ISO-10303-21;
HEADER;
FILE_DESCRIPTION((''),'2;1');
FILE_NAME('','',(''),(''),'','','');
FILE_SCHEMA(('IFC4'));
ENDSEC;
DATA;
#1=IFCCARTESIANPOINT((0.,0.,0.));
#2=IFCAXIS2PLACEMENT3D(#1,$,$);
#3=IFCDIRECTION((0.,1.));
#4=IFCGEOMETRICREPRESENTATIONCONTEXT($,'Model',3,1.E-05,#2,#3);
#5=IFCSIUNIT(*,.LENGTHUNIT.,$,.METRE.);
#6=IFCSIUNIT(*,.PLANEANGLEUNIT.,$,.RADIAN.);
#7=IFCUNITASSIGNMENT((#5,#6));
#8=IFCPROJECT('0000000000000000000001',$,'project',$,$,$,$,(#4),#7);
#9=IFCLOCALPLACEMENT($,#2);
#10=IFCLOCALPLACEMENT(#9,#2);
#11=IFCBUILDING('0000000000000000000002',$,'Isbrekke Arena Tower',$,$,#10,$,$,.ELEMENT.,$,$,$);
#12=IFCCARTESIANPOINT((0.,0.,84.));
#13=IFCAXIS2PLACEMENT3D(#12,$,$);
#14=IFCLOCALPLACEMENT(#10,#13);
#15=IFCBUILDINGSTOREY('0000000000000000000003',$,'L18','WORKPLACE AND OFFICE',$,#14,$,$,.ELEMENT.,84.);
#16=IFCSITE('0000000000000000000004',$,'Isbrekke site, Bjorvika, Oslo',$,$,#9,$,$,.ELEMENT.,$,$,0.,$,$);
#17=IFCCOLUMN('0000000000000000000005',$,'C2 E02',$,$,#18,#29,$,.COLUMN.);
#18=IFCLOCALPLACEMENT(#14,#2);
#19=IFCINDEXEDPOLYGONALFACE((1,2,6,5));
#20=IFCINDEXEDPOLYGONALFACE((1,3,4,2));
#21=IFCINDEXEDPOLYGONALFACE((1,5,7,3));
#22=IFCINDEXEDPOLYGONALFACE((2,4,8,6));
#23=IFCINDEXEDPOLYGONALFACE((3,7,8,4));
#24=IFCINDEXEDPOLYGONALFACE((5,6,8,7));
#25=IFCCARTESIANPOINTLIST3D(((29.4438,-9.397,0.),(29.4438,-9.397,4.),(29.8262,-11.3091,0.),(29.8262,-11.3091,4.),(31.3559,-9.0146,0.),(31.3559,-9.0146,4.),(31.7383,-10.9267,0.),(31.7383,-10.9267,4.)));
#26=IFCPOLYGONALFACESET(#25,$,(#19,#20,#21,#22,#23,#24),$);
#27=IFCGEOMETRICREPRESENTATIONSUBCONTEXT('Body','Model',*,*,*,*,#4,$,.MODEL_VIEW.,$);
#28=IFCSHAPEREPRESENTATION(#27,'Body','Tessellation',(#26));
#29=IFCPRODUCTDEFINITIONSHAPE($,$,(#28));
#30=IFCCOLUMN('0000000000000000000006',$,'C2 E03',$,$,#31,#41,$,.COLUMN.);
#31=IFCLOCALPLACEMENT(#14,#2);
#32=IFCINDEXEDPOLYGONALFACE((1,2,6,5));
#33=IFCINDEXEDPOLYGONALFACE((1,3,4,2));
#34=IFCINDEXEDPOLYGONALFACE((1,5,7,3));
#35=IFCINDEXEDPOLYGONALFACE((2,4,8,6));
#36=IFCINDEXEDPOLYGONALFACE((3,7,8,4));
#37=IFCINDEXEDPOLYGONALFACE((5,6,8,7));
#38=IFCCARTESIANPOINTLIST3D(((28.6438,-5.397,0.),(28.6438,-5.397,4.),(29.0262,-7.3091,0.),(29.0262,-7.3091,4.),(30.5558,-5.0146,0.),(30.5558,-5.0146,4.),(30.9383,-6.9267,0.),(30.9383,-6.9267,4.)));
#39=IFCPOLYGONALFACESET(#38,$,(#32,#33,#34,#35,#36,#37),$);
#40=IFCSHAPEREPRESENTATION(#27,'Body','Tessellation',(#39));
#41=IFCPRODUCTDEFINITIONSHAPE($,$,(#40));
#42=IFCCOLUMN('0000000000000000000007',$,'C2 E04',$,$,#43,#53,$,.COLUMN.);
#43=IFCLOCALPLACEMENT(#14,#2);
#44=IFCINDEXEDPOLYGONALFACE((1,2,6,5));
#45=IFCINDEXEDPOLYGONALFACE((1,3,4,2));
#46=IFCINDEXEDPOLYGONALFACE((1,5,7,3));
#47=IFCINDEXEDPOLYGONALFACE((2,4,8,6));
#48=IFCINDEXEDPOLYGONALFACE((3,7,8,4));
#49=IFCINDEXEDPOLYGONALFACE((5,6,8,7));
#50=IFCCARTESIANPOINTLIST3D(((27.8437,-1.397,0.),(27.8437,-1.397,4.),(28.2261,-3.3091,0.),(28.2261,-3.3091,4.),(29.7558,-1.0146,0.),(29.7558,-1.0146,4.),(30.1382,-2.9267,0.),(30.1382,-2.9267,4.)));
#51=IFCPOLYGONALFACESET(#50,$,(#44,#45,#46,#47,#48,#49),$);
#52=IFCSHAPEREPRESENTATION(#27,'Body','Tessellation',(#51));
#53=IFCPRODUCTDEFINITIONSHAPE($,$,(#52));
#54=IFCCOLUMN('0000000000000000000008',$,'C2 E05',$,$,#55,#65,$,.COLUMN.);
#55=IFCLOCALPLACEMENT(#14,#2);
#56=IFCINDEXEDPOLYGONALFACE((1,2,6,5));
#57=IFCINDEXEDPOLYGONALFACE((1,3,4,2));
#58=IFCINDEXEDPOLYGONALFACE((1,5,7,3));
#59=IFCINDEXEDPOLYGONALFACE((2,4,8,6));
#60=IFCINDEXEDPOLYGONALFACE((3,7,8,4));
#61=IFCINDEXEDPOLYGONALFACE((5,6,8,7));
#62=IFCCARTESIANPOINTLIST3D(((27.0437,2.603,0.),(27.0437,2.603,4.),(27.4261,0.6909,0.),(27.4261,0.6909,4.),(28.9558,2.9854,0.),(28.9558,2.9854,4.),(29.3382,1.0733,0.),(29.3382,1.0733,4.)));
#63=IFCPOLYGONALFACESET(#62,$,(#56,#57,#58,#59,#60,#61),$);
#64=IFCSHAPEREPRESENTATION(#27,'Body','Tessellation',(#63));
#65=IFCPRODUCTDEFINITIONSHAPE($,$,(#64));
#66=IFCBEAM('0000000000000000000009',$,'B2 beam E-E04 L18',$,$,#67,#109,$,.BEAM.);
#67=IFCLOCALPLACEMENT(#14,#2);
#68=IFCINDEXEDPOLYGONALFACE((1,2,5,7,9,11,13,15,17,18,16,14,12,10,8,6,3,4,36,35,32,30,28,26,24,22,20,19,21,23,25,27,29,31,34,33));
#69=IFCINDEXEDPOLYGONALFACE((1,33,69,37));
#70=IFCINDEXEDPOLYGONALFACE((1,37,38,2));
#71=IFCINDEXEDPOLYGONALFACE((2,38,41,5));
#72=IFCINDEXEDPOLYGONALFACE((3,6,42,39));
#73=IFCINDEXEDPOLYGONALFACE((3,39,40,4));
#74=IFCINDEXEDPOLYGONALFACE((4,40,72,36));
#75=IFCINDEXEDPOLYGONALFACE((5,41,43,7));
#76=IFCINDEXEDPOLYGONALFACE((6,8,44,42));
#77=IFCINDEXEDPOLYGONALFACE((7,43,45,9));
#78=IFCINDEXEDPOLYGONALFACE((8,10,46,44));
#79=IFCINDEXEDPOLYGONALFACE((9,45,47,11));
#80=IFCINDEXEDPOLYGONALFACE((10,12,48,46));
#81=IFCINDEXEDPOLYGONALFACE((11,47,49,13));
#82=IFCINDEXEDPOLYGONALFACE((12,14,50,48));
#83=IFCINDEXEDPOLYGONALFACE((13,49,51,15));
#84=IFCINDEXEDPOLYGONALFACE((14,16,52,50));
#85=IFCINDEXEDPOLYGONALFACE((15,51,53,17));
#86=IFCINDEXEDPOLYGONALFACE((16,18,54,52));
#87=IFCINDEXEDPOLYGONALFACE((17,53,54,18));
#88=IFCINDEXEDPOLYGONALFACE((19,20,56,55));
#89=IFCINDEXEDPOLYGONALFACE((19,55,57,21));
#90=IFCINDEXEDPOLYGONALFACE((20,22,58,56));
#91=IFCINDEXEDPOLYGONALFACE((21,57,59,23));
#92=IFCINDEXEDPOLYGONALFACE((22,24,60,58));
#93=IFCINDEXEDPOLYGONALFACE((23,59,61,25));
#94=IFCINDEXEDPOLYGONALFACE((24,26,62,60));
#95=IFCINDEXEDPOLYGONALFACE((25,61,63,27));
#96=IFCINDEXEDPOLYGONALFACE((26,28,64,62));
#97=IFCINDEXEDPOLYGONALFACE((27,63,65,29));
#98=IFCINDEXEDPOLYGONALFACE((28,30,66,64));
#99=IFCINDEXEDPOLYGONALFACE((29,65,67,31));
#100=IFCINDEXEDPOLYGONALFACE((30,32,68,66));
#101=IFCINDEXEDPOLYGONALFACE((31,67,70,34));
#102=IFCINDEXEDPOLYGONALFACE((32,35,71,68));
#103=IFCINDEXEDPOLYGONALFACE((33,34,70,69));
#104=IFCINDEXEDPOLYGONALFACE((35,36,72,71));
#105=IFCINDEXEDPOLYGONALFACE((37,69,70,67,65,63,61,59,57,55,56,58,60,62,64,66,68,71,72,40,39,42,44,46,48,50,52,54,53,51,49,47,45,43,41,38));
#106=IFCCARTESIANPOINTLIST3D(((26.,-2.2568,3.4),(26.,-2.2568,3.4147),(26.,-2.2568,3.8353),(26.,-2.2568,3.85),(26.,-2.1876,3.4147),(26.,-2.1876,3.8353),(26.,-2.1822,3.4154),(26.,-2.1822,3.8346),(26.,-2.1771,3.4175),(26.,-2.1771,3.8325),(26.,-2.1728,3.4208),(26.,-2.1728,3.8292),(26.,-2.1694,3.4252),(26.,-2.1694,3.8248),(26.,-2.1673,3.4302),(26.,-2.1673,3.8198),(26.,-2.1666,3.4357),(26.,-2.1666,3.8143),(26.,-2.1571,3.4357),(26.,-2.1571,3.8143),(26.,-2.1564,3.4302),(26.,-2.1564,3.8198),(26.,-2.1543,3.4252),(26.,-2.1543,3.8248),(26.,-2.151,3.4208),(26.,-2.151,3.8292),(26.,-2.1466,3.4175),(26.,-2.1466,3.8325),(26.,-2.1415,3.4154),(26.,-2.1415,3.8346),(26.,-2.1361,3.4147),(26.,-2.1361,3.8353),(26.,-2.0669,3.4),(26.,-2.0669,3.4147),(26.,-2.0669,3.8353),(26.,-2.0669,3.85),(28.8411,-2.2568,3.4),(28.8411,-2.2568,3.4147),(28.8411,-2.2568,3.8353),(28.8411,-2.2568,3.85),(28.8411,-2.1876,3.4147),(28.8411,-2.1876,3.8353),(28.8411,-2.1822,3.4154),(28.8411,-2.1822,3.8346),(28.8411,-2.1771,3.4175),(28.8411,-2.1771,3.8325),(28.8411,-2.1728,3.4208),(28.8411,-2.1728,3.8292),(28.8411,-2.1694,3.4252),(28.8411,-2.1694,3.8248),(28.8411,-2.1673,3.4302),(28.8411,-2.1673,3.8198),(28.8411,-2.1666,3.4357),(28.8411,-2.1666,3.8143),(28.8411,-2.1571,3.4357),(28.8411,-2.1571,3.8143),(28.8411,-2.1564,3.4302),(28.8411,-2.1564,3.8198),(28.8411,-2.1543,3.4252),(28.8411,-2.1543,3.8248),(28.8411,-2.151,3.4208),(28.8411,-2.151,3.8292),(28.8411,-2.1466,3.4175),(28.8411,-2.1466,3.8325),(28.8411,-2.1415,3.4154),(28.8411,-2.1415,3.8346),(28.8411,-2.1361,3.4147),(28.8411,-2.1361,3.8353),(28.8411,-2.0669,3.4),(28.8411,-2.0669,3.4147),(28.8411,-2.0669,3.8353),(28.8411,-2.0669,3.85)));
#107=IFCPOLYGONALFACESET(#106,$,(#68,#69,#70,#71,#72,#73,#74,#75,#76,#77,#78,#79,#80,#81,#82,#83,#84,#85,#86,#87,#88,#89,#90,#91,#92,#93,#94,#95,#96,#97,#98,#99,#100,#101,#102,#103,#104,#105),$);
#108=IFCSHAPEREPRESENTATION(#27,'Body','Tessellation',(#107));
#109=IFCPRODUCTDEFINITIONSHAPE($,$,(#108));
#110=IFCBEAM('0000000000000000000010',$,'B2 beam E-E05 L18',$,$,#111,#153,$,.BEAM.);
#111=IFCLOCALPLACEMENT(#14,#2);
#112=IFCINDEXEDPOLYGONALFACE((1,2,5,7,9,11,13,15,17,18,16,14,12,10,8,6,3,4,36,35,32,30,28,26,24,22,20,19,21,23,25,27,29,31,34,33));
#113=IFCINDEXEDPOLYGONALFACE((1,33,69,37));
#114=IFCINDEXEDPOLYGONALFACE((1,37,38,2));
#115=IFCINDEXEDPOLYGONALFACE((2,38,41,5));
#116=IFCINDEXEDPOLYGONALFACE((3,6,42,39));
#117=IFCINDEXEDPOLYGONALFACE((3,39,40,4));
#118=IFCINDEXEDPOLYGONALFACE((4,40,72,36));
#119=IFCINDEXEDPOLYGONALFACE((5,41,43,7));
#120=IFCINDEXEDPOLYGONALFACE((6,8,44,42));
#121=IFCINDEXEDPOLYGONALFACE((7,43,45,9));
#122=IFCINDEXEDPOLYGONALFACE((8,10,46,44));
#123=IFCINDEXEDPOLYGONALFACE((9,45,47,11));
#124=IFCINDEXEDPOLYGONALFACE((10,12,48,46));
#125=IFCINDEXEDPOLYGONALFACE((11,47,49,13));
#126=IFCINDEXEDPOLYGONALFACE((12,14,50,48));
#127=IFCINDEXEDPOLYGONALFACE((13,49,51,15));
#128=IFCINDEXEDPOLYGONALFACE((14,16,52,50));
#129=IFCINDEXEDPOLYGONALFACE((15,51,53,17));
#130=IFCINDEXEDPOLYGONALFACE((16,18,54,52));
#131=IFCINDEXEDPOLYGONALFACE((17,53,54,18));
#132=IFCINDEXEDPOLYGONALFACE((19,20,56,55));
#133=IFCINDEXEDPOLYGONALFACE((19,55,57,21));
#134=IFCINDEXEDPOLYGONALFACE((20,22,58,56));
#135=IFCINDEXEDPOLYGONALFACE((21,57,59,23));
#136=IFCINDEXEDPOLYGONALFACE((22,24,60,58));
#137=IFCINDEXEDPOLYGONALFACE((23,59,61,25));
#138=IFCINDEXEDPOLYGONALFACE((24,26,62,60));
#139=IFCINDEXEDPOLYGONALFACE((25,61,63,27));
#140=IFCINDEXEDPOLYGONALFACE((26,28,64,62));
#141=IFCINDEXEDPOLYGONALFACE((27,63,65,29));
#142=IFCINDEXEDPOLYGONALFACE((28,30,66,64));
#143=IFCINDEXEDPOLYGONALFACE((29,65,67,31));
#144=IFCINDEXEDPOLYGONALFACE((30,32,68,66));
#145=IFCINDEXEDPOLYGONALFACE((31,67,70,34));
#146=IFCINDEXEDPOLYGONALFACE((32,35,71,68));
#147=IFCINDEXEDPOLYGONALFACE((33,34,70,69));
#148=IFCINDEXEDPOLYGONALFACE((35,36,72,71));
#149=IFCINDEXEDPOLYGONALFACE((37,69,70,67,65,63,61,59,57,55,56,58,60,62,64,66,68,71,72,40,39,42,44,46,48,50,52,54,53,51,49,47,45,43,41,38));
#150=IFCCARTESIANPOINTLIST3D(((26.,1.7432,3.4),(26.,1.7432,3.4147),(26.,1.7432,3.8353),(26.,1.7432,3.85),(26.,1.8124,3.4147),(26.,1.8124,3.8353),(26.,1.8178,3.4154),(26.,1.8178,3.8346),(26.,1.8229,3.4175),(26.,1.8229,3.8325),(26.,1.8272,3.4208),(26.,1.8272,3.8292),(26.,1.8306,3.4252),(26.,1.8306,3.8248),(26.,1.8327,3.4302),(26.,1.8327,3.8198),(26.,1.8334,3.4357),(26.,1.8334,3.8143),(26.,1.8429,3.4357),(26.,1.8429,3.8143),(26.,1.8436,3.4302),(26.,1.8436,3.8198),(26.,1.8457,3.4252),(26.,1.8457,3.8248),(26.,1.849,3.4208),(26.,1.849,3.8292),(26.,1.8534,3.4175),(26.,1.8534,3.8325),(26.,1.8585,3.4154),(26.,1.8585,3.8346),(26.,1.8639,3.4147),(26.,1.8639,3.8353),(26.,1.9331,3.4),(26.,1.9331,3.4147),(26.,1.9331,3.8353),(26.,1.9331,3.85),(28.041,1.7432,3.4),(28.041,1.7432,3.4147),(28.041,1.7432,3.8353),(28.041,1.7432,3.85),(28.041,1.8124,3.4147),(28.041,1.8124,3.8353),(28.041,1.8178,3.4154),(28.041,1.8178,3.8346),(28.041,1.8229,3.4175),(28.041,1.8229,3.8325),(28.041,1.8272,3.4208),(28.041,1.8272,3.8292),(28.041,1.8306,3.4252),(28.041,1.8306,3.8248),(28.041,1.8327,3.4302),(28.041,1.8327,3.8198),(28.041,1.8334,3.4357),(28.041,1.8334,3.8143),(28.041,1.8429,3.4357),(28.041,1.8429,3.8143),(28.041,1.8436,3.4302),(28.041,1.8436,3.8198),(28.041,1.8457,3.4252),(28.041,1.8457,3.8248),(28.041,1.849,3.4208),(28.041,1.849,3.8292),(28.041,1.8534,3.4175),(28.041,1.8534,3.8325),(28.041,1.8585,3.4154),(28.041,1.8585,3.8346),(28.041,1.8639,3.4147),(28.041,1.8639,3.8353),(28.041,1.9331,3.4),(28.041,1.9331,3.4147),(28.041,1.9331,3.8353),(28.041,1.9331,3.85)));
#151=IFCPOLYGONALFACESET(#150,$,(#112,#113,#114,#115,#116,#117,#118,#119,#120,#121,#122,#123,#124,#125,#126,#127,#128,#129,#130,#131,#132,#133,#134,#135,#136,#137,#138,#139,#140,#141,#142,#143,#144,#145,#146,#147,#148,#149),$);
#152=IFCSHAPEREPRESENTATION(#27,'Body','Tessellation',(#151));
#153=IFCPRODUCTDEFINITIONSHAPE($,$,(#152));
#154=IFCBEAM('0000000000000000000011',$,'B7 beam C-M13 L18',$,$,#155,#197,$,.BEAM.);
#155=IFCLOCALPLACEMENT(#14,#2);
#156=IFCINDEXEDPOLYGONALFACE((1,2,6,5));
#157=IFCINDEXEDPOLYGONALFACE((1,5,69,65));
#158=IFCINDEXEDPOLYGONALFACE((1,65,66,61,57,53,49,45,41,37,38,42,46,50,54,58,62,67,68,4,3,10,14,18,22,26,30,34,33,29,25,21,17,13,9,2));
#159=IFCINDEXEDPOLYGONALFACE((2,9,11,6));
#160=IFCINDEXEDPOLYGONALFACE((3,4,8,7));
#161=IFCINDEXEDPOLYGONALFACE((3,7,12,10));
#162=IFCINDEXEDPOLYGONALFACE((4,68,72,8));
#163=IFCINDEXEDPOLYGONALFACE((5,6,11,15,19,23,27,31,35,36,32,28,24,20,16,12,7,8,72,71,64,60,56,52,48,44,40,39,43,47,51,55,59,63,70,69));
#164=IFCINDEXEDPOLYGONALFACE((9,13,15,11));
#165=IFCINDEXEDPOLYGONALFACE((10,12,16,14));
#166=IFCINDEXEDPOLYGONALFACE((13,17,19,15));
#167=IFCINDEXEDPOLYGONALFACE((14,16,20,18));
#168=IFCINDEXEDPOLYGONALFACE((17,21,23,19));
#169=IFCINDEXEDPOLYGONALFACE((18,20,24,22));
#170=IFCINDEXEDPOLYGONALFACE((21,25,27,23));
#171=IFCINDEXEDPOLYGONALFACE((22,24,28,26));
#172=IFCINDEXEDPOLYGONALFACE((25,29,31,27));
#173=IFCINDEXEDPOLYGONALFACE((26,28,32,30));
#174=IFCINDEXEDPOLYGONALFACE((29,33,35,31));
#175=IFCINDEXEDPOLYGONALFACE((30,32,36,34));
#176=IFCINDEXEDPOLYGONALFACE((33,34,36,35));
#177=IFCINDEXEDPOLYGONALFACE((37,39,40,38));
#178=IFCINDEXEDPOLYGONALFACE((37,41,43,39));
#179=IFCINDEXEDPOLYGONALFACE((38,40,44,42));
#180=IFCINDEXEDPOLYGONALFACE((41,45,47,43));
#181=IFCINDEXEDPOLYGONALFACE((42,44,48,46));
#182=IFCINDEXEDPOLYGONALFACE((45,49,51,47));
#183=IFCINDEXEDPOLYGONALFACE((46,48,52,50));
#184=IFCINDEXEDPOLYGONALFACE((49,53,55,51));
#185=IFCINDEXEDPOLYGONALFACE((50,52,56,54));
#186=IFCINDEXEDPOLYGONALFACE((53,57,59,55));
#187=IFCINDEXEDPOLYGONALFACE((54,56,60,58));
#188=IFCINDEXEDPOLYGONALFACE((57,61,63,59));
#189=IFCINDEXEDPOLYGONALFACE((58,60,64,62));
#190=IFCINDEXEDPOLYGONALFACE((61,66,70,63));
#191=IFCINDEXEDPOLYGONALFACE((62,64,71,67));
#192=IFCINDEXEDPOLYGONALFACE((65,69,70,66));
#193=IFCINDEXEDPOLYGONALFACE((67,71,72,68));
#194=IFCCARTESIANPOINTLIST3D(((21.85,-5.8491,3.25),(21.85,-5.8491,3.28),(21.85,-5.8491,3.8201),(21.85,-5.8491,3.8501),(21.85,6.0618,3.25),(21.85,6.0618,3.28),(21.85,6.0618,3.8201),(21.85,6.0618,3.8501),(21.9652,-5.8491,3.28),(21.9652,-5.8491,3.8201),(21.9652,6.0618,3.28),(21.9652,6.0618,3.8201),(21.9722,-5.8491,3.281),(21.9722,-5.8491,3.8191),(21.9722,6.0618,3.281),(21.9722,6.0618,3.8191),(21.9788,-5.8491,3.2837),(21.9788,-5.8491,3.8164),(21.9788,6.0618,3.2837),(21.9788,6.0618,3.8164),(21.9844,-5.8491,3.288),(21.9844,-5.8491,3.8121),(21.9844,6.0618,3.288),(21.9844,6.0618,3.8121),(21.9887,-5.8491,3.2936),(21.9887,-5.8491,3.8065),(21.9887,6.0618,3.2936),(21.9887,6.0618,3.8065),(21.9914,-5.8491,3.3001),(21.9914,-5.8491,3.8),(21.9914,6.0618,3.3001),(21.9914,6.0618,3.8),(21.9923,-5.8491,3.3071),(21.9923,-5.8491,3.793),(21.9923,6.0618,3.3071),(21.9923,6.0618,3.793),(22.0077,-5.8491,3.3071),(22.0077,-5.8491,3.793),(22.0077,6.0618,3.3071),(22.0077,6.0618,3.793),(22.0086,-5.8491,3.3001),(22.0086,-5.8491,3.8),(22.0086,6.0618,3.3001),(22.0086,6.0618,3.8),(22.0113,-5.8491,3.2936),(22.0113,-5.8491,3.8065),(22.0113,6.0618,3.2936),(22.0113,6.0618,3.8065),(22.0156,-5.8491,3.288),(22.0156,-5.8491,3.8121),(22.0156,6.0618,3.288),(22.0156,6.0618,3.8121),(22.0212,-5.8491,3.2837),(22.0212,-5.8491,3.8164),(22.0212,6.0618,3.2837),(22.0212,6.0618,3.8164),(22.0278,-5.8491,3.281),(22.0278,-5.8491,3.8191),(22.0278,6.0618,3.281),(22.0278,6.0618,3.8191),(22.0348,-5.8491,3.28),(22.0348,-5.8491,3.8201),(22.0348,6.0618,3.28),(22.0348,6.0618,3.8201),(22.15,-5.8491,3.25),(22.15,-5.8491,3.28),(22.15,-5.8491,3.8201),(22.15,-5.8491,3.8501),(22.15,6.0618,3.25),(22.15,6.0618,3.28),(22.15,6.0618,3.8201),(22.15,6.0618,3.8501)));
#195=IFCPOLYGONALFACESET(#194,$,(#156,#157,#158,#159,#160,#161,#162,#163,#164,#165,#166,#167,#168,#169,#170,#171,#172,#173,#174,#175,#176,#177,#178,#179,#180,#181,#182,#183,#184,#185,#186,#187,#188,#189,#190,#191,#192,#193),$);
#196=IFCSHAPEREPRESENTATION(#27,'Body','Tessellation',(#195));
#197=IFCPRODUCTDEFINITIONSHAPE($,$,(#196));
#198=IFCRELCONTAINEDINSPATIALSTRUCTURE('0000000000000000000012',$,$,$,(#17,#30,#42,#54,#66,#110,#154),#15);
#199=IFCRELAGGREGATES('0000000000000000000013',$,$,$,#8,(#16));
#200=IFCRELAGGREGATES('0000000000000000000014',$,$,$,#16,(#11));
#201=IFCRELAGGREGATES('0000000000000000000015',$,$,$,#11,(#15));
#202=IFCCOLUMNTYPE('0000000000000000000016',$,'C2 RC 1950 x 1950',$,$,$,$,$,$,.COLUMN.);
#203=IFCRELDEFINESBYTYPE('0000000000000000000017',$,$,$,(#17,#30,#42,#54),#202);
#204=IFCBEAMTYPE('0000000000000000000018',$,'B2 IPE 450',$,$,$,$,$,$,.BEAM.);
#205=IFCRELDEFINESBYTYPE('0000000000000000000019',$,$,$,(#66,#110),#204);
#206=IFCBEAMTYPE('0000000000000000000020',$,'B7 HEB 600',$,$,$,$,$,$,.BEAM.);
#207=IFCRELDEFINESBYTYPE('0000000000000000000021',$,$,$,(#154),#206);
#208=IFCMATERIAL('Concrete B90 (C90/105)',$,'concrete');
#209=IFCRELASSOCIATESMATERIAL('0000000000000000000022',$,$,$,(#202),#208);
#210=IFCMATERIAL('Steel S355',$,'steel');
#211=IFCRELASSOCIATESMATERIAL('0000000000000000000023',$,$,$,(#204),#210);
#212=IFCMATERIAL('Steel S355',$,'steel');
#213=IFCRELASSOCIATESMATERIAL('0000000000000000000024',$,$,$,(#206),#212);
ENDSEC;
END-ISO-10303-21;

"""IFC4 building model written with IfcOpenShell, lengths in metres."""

from ifc_helpers import new_model, si_unit, direction, frame, origin, origin_2d, place, context, subcontext, project, spatial, rectangle, i_section, extrude, material, material_profile, profile_set, type_object, element, save


model = new_model("IFC4")

# Units and contexts
model_context = context("Model", 3, precision=1e-05, world=origin(), true_north=direction((0.0, 1.0)))
body_context = subcontext(model_context, "Body", "Model", "MODEL_VIEW")
ifc_project = project(units=[si_unit("LENGTHUNIT", "METRE"), si_unit("PLANEANGLEUNIT", "RADIAN")], contexts=[model_context])

# Site, building, storey
site_placement = place(None, origin())
site = spatial("IfcSite", under=ifc_project, at=site_placement, Name="Isbrekke site, Bjorvika, Oslo", CompositionType="ELEMENT", RefElevation=0.0)
building_placement = place(site_placement, origin())
building = spatial("IfcBuilding", under=site, at=building_placement, Name="Isbrekke Arena Tower", CompositionType="ELEMENT")
storey_placement = place(building_placement, frame((0.0, 0.0, 84.0)))
storey = spatial("IfcBuildingStorey", under=building, at=storey_placement, Name="L18", Description="WORKPLACE AND OFFICE", CompositionType="ELEMENT", Elevation=84.0)

# Columns
ifc_material_1 = material(Name="Concrete B90 (C90/105)", Category="concrete")
ifc_material_profile_1 = material_profile(ifc_material_1, rectangle(XDim=1.95, YDim=1.95, at=origin_2d()), Name="RC 1950x1950")
ifc_profile_set_1 = profile_set([ifc_material_profile_1], Name="Concrete B90 (C90/105)")
column_type = type_object("IfcColumnType", Name="C2 RC 1950 x 1950", PredefinedType="COLUMN", material=ifc_profile_set_1)
for number, where, z_axis, x_axis, name in (
    (1, (30.5911, -10.1619, 0.0), (0.0, 0.0, 1.0), (-0.196116, 0.980581, 0.0), "C2 E02"),
    (2, (29.791, -6.1619, 0.0), (0.0, 0.0, 1.0), (-0.196116, 0.980581, 0.0), "C2 E03"),
    (3, (28.991, -2.1619, 0.0), (0.0, 0.0, 1.0), (-0.196116, 0.980581, 0.0), "C2 E04"),
    (4, (28.1909, 1.8381, 0.0), (0.0, 0.0, 1.0), (-0.196116, 0.980581, 0.0), "C2 E05"),
):
    element("IfcColumn", number, at=place(storey_placement, frame(where, z_axis=z_axis, x_axis=x_axis)), inside=storey, type_object=column_type, Name=name, PredefinedType="COLUMN", context=body_context, shape_type="SweptSolid", body=[
        extrude(rectangle(XDim=1.95, YDim=1.95, at=origin_2d()), origin(), (0.0, 0.0, 1.0), 4.0),
    ])

# Beams
ifc_material_2 = material(Name="Steel S355", Category="steel")
ifc_material_profile_2 = material_profile(ifc_material_2, i_section(OverallWidth=0.1899, OverallDepth=0.45, WebThickness=0.0095, FlangeThickness=0.0146, FilletRadius=0.021, at=origin_2d()), Name="IPE 450")
ifc_profile_set_2 = profile_set([ifc_material_profile_2], Name="Steel S355")
beam_type_1 = type_object("IfcBeamType", Name="B2 IPE 450", PredefinedType="BEAM", material=ifc_profile_set_2)
beam_1_placement = place(storey_placement, frame((28.8411, -2.1619, 3.625), z_axis=(-1.0, 0.0, 0.0), x_axis=(0.0, -1.0, 0.0)))
element("IfcBeam", 5, at=beam_1_placement, inside=storey, type_object=beam_type_1, Name="B2 beam E-E04 L18", PredefinedType="BEAM", context=body_context, shape_type="SweptSolid", body=[
    extrude(i_section(OverallWidth=0.1899, OverallDepth=0.45, WebThickness=0.0095, FlangeThickness=0.0146, FilletRadius=0.021, at=origin_2d()), origin(), (0.0, 0.0, 1.0), 2.8411),
])
beam_2_placement = place(storey_placement, frame((28.041, 1.8381, 3.625), z_axis=(-1.0, 0.0, 0.0), x_axis=(0.0, -1.0, 0.0)))
element("IfcBeam", 6, at=beam_2_placement, inside=storey, type_object=beam_type_1, Name="B2 beam E-E05 L18", PredefinedType="BEAM", context=body_context, shape_type="SweptSolid", body=[
    extrude(i_section(OverallWidth=0.1899, OverallDepth=0.45, WebThickness=0.0095, FlangeThickness=0.0146, FilletRadius=0.021, at=origin_2d()), origin(), (0.0, 0.0, 1.0), 2.041),
])
ifc_material_3 = material(Name="Steel S355", Category="steel")
ifc_material_profile_3 = material_profile(ifc_material_3, i_section(OverallWidth=0.3, OverallDepth=0.6001, WebThickness=0.0154, FlangeThickness=0.03, FilletRadius=0.0271, at=origin_2d()), Name="HEB 600")
ifc_profile_set_3 = profile_set([ifc_material_profile_3], Name="Steel S355")
beam_type_2 = type_object("IfcBeamType", Name="B7 HEB 600", PredefinedType="BEAM", material=ifc_profile_set_3)
beam_3_placement = place(storey_placement, frame((22.0, -5.8491, 3.55), z_axis=(0.0, 1.0, 0.0), x_axis=(-1.0, 0.0, 0.0)))
element("IfcBeam", 7, at=beam_3_placement, inside=storey, type_object=beam_type_2, Name="B7 beam C-M13 L18", PredefinedType="BEAM", context=body_context, shape_type="SweptSolid", body=[
    extrude(i_section(OverallWidth=0.3, OverallDepth=0.6001, WebThickness=0.0154, FlangeThickness=0.03, FilletRadius=0.0271, at=origin_2d()), origin(), (0.0, 0.0, 1.0), 11.9109),
])

save(model, "model.ifc")
